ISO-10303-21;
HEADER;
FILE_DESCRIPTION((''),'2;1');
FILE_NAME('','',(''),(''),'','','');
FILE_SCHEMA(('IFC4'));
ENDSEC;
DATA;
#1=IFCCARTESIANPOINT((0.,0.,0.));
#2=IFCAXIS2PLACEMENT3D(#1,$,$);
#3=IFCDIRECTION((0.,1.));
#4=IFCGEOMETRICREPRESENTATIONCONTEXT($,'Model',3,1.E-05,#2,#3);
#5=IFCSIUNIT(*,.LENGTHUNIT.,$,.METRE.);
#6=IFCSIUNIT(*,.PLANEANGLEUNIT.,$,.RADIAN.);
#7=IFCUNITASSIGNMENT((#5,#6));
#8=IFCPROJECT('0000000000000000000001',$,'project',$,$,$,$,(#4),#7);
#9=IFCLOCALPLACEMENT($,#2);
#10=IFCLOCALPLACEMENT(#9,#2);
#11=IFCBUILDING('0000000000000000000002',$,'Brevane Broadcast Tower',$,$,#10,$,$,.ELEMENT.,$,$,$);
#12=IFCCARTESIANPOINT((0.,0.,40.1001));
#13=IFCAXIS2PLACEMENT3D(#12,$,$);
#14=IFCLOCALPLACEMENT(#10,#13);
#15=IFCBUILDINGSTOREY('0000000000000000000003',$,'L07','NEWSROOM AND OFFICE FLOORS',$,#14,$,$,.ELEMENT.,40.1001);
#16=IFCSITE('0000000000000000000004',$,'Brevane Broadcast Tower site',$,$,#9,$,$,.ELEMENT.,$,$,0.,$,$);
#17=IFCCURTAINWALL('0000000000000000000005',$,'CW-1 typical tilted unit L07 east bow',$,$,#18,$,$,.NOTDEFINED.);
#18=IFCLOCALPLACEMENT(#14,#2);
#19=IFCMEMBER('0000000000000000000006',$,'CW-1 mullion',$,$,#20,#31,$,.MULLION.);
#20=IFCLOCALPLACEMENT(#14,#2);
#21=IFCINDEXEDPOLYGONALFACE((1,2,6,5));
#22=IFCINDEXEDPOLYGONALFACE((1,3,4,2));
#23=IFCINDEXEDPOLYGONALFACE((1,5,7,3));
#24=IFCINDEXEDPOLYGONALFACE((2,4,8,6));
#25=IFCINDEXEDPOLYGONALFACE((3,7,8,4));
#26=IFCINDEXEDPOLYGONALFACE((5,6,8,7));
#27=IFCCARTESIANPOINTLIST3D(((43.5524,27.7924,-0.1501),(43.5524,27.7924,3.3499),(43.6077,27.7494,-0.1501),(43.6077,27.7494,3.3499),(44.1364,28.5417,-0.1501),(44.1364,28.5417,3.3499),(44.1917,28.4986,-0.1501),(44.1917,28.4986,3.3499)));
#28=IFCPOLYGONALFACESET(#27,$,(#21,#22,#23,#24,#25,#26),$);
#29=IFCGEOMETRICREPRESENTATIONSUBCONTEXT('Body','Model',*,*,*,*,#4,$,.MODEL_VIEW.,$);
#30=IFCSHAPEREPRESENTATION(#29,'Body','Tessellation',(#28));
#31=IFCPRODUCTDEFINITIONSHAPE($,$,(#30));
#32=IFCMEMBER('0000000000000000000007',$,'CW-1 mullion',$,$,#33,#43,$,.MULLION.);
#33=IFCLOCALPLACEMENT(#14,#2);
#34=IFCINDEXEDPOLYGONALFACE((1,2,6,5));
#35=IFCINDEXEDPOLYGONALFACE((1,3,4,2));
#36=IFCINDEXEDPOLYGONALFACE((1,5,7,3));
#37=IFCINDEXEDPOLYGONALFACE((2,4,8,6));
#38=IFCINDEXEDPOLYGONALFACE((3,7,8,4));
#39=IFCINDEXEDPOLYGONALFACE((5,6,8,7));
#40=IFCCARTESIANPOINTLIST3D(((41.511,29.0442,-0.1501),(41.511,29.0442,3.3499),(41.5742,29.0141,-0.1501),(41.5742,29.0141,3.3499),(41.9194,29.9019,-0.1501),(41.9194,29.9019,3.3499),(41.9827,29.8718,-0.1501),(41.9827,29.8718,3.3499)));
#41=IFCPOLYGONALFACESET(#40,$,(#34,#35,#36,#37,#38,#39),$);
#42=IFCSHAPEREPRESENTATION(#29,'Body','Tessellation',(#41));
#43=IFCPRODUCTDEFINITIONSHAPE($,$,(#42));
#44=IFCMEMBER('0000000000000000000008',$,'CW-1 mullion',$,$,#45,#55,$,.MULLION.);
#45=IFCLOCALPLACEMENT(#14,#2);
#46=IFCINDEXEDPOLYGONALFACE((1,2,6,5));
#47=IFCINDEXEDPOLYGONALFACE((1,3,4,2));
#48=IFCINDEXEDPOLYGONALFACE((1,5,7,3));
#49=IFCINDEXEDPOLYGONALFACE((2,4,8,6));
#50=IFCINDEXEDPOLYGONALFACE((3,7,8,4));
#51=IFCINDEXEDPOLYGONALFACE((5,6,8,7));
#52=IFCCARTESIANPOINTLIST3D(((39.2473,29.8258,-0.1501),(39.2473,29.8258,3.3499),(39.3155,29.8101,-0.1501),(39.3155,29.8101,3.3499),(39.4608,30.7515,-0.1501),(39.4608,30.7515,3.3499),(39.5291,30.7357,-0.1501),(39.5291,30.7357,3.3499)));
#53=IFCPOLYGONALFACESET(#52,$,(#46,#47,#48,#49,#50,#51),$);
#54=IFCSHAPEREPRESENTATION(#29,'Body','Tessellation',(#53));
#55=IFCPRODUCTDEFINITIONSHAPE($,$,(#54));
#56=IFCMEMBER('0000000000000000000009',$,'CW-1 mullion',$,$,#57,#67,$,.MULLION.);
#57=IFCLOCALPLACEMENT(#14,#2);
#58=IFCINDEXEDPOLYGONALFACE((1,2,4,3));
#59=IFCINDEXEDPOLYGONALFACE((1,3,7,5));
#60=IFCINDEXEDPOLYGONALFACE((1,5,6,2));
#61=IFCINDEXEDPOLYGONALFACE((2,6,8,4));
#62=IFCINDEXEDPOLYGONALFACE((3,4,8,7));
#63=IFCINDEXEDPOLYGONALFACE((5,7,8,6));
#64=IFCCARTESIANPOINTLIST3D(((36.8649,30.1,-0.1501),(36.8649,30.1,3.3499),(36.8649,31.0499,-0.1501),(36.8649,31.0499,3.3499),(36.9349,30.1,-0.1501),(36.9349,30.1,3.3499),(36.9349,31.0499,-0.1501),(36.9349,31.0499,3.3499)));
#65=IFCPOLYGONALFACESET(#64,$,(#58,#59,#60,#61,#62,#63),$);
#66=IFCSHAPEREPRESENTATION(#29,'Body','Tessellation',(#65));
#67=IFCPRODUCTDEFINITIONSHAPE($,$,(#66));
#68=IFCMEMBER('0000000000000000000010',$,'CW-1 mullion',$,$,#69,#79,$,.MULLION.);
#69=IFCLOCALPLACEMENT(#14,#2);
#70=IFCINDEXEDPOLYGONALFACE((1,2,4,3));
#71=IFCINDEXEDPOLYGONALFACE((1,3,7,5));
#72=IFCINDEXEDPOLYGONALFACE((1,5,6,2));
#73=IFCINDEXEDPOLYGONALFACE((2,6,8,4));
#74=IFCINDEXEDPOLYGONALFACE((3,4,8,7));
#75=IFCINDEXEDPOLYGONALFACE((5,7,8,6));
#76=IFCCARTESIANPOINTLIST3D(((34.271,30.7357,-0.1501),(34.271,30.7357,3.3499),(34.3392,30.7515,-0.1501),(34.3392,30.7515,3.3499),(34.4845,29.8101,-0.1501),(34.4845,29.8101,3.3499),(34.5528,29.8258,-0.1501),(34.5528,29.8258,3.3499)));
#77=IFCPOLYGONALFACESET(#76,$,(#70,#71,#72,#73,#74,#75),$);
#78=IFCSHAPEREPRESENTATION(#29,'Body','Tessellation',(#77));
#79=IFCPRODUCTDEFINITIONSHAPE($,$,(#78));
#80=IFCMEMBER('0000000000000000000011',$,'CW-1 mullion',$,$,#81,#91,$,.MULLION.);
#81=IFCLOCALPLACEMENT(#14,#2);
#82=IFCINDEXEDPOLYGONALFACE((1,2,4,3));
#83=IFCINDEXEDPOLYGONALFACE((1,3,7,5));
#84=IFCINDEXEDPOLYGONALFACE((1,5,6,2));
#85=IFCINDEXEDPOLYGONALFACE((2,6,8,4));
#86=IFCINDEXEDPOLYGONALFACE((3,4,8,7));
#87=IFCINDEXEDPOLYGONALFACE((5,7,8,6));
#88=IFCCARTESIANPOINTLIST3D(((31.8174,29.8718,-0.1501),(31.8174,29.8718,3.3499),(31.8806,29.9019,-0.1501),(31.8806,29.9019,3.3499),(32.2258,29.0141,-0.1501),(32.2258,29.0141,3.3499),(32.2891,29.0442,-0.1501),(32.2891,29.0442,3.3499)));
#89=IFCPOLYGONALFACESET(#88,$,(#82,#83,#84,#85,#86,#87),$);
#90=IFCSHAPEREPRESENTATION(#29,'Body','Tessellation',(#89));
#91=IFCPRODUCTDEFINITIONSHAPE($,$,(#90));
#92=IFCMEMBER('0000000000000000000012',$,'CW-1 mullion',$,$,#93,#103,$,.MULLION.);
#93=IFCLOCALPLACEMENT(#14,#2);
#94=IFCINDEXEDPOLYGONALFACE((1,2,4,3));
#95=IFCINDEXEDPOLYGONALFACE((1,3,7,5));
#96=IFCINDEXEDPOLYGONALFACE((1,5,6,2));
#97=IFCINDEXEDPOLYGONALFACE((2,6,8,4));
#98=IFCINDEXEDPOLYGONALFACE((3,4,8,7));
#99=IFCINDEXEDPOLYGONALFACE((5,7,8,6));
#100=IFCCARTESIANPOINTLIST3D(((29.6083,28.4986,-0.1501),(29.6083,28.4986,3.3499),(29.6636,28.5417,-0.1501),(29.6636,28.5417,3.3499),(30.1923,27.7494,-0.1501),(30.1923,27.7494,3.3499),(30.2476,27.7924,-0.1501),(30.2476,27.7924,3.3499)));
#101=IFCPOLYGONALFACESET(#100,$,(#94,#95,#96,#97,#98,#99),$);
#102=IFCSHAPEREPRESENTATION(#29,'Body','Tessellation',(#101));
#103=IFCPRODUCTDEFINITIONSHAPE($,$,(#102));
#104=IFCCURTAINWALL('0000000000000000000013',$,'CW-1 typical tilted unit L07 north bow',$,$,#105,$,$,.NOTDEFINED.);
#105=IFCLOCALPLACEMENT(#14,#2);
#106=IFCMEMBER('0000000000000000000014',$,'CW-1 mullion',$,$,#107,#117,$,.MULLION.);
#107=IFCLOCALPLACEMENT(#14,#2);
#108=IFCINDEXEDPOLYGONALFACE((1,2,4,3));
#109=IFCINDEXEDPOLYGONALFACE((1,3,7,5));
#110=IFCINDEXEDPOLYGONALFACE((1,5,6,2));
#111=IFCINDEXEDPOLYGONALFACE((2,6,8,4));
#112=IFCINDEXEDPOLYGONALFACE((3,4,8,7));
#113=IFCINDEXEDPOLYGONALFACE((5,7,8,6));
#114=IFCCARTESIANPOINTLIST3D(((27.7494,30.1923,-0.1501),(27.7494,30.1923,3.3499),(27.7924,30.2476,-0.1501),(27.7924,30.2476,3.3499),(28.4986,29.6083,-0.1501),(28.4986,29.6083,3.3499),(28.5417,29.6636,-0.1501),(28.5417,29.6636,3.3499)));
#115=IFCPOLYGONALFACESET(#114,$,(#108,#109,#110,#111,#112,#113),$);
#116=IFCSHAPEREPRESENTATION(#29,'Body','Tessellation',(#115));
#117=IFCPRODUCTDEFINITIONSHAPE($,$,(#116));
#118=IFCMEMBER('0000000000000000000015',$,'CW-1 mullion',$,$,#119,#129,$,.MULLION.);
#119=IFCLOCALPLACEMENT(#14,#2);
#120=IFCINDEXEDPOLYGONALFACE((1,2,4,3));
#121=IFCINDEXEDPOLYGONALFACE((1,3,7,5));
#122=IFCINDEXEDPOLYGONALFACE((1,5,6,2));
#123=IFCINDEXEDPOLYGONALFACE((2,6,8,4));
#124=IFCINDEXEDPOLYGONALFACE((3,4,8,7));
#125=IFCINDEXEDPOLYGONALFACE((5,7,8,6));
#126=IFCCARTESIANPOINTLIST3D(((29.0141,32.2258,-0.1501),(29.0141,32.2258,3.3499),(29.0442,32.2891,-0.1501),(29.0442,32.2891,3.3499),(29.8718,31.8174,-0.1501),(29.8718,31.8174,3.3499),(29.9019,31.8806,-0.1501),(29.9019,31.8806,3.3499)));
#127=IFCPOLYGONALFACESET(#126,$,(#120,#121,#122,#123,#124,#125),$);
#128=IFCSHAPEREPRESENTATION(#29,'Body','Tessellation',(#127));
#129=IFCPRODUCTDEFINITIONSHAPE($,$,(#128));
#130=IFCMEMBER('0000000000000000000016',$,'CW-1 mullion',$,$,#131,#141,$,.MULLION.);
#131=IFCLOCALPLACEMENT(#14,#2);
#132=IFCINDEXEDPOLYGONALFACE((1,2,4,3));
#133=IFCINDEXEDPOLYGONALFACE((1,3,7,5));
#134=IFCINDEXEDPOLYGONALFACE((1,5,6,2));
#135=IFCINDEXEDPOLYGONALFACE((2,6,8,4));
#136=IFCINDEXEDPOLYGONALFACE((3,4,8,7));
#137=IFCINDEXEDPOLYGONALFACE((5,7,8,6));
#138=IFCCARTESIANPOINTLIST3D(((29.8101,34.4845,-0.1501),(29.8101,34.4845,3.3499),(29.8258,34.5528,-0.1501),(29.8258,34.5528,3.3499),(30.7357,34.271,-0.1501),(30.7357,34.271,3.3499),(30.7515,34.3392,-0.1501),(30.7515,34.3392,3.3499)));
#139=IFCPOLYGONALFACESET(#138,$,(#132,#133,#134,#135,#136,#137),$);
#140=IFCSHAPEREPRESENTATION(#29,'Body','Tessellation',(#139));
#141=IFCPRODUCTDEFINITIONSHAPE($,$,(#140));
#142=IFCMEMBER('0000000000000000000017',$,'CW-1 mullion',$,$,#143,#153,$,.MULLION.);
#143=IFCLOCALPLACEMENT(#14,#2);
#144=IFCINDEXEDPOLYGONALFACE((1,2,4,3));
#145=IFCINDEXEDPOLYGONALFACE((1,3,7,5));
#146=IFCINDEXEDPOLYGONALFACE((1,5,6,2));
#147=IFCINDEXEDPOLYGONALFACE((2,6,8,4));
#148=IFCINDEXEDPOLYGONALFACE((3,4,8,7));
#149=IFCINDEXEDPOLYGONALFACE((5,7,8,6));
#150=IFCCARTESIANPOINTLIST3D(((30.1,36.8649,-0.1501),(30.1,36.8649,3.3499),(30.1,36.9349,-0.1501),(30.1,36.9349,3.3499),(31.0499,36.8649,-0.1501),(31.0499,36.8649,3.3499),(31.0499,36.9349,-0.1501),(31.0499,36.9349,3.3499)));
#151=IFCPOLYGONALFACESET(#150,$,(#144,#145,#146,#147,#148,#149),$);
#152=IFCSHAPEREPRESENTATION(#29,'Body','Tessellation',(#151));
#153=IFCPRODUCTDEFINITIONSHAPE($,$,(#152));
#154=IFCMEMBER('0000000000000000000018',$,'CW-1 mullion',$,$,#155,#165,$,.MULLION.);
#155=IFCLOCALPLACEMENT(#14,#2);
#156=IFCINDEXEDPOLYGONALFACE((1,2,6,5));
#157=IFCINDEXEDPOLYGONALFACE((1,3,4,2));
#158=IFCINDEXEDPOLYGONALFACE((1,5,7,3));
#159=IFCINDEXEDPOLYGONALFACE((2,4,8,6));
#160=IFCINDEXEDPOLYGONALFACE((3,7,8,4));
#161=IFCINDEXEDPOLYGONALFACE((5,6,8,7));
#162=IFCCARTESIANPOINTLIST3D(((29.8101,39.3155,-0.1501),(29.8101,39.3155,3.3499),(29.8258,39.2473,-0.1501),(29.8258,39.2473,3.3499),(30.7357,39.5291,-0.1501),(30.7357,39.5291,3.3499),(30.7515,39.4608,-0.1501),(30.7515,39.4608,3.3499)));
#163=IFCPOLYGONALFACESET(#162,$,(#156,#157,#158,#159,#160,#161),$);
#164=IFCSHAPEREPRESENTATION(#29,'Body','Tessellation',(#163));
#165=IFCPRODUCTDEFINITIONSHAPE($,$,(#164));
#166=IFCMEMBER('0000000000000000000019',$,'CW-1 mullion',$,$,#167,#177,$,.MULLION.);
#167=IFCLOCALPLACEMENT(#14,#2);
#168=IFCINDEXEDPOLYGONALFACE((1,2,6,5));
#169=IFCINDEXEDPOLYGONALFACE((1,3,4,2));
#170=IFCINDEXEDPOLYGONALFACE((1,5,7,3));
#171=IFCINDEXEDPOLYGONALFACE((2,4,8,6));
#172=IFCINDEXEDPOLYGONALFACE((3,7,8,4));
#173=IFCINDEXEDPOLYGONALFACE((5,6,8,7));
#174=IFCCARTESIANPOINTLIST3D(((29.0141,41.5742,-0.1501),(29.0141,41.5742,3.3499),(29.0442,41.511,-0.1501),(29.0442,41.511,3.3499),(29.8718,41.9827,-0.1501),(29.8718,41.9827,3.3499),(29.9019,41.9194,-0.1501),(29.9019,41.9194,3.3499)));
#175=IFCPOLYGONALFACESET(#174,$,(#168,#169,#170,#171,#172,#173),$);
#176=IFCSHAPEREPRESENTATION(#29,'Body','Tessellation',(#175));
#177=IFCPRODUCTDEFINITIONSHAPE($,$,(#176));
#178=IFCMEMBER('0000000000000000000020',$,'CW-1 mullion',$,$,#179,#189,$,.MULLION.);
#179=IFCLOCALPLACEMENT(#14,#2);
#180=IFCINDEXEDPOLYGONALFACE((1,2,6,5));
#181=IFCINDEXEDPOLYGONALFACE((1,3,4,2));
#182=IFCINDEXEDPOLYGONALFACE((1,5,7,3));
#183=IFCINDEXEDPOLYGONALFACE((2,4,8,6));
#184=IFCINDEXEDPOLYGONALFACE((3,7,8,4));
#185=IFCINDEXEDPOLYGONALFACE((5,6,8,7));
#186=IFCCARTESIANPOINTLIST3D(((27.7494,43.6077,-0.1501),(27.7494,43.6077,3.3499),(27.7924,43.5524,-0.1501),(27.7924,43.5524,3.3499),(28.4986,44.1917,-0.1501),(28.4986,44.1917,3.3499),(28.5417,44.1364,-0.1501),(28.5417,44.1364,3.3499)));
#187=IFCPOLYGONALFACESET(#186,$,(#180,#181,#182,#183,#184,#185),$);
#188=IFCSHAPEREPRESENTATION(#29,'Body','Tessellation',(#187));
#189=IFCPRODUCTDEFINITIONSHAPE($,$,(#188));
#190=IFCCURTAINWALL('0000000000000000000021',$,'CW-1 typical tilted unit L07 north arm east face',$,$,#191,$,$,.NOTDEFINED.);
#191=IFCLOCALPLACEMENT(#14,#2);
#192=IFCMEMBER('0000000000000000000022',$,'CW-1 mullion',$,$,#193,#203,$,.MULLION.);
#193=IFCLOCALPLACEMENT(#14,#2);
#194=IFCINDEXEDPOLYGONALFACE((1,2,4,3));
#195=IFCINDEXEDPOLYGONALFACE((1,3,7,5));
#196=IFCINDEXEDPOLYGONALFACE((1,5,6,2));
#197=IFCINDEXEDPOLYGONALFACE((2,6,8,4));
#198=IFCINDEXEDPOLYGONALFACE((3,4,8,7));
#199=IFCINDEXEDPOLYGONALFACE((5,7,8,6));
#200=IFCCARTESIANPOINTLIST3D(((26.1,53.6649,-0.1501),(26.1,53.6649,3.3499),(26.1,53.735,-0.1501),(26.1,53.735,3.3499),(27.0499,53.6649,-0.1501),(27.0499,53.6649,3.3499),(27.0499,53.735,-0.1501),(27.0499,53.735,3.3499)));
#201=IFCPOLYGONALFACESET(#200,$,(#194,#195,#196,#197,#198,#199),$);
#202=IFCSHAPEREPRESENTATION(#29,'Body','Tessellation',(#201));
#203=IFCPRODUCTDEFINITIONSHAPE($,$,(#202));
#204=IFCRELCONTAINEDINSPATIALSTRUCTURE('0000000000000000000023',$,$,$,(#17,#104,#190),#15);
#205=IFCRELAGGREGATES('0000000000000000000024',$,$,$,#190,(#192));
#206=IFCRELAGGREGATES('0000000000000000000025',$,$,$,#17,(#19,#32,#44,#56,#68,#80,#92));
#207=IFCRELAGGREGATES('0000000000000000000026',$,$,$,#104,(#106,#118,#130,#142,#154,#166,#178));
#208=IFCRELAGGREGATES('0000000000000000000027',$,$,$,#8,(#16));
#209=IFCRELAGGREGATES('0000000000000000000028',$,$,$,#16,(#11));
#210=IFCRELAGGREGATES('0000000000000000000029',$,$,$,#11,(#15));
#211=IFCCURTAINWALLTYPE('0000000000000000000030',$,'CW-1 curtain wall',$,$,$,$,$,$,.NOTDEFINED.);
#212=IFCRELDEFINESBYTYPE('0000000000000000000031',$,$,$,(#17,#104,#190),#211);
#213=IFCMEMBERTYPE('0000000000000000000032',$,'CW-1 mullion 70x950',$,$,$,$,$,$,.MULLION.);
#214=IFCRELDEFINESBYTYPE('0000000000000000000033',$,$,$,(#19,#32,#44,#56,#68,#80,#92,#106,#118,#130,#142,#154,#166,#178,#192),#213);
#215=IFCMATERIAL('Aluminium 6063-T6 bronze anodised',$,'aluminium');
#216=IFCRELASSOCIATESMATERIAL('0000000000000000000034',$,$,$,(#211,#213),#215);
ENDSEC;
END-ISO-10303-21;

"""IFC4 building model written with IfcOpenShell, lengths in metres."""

from ifc_helpers import new_model, si_unit, direction, frame, origin, origin_2d, place, context, subcontext, project, spatial, rectangle, extrude, material, material_profile, profile_set, type_object, element, aggregate, save


model = new_model("IFC4")

# Units and contexts
model_context = context("Model", 3, precision=1e-05, world=origin(), true_north=direction((0.0, 1.0)))
body_context = subcontext(model_context, "Body", "Model", "MODEL_VIEW")
ifc_project = project(units=[si_unit("LENGTHUNIT", "METRE"), si_unit("PLANEANGLEUNIT", "RADIAN")], contexts=[model_context])

# Site, building, storey
site_placement = place(None, origin())
site = spatial("IfcSite", under=ifc_project, at=site_placement, Name="Brevane Broadcast Tower site", CompositionType="ELEMENT", RefElevation=0.0)
building_placement = place(site_placement, origin())
building = spatial("IfcBuilding", under=site, at=building_placement, Name="Brevane Broadcast Tower", CompositionType="ELEMENT")
storey_placement = place(building_placement, frame((0.0, 0.0, 40.1001)))
storey = spatial("IfcBuildingStorey", under=building, at=storey_placement, Name="L07", Description="NEWSROOM AND OFFICE FLOORS", CompositionType="ELEMENT", Elevation=40.1001)

# Curtain walls, members
ifc_material_1 = material(Name="Aluminium 6063-T6 bronze anodised", Category="aluminium")
curtain_wall_type = type_object("IfcCurtainWallType", Name="CW-1 curtain wall", PredefinedType="NOTDEFINED", material=ifc_material_1)
curtain_wall_1_placement = place(storey_placement, origin())
curtain_wall_1 = element("IfcCurtainWall", 1, at=curtain_wall_1_placement, inside=storey, type_object=curtain_wall_type, Name="CW-1 typical tilted unit L07 east bow", PredefinedType="NOTDEFINED")
ifc_material_profile_1 = material_profile(ifc_material_1, rectangle(XDim=0.95, YDim=0.0701, at=origin_2d()), Name="RECT 70x950")
ifc_profile_set_1 = profile_set([ifc_material_profile_1], Name="Aluminium 6063-T6 bronze anodised")
member_type_1 = type_object("IfcMemberType", Name="CW-1 mullion 70x950", PredefinedType="MULLION", material=ifc_profile_set_1)
member_1_placement = place(storey_placement, frame((43.8721, 28.1455, -0.1501), z_axis=(0.0, 0.0, 1.0), x_axis=(-0.61477, -0.788707, 0.0)))
member_1 = element("IfcMember", 2, at=member_1_placement, type_object=member_type_1, Name="CW-1 mullion", PredefinedType="MULLION", context=body_context, shape_type="SweptSolid", body=[
    extrude(rectangle(XDim=0.95, YDim=0.0701, at=origin_2d()), origin(), (0.0, 0.0, 1.0), 3.5),
])
member_2_placement = place(storey_placement, frame((41.7468, 29.458, -0.1501), z_axis=(0.0, 0.0, 1.0), x_axis=(-0.429934, -0.902861, 0.0)))
member_2 = element("IfcMember", 3, at=member_2_placement, type_object=member_type_1, Name="CW-1 mullion", PredefinedType="MULLION", context=body_context, shape_type="SweptSolid", body=[
    extrude(rectangle(XDim=0.95, YDim=0.0701, at=origin_2d()), origin(), (0.0, 0.0, 1.0), 3.5),
])
member_3_placement = place(storey_placement, frame((39.3882, 30.2808, -0.1501), z_axis=(0.0, 0.0, 1.0), x_axis=(-0.224806, -0.974403, 0.0)))
member_3 = element("IfcMember", 4, at=member_3_placement, type_object=member_type_1, Name="CW-1 mullion", PredefinedType="MULLION", context=body_context, shape_type="SweptSolid", body=[
    extrude(rectangle(XDim=0.95, YDim=0.0701, at=origin_2d()), origin(), (0.0, 0.0, 1.0), 3.5),
])
member_4_placement = place(storey_placement, frame((36.8999, 30.575, -0.1501), z_axis=(0.0, 0.0, 1.0), x_axis=(0.0, -1.0, 0.0)))
member_4 = element("IfcMember", 5, at=member_4_placement, type_object=member_type_1, Name="CW-1 mullion", PredefinedType="MULLION", context=body_context, shape_type="SweptSolid", body=[
    extrude(rectangle(XDim=0.95, YDim=0.0701, at=origin_2d()), origin(), (0.0, 0.0, 1.0), 3.5),
])
member_5_placement = place(storey_placement, frame((34.4119, 30.2808, -0.1501), z_axis=(0.0, 0.0, 1.0), x_axis=(0.224806, -0.974403, 0.0)))
member_5 = element("IfcMember", 6, at=member_5_placement, type_object=member_type_1, Name="CW-1 mullion", PredefinedType="MULLION", context=body_context, shape_type="SweptSolid", body=[
    extrude(rectangle(XDim=0.95, YDim=0.0701, at=origin_2d()), origin(), (0.0, 0.0, 1.0), 3.5),
])
member_6_placement = place(storey_placement, frame((32.0532, 29.458, -0.1501), z_axis=(0.0, 0.0, 1.0), x_axis=(0.429934, -0.902861, 0.0)))
member_6 = element("IfcMember", 7, at=member_6_placement, type_object=member_type_1, Name="CW-1 mullion", PredefinedType="MULLION", context=body_context, shape_type="SweptSolid", body=[
    extrude(rectangle(XDim=0.95, YDim=0.0701, at=origin_2d()), origin(), (0.0, 0.0, 1.0), 3.5),
])
member_7_placement = place(storey_placement, frame((29.928, 28.1455, -0.1501), z_axis=(0.0, 0.0, 1.0), x_axis=(0.61477, -0.788707, 0.0)))
member_7 = element("IfcMember", 8, at=member_7_placement, type_object=member_type_1, Name="CW-1 mullion", PredefinedType="MULLION", context=body_context, shape_type="SweptSolid", body=[
    extrude(rectangle(XDim=0.95, YDim=0.0701, at=origin_2d()), origin(), (0.0, 0.0, 1.0), 3.5),
])
curtain_wall_2_placement = place(storey_placement, origin())
curtain_wall_2 = element("IfcCurtainWall", 9, at=curtain_wall_2_placement, inside=storey, type_object=curtain_wall_type, Name="CW-1 typical tilted unit L07 north bow", PredefinedType="NOTDEFINED")
member_8_placement = place(storey_placement, frame((28.1455, 29.928, -0.1501), z_axis=(0.0, 0.0, 1.0), x_axis=(-0.788707, 0.61477, 0.0)))
member_8 = element("IfcMember", 10, at=member_8_placement, type_object=member_type_1, Name="CW-1 mullion", PredefinedType="MULLION", context=body_context, shape_type="SweptSolid", body=[
    extrude(rectangle(XDim=0.95, YDim=0.0701, at=origin_2d()), origin(), (0.0, 0.0, 1.0), 3.5),
])
member_9_placement = place(storey_placement, frame((29.458, 32.0532, -0.1501), z_axis=(0.0, 0.0, 1.0), x_axis=(-0.902861, 0.429934, 0.0)))
member_9 = element("IfcMember", 11, at=member_9_placement, type_object=member_type_1, Name="CW-1 mullion", PredefinedType="MULLION", context=body_context, shape_type="SweptSolid", body=[
    extrude(rectangle(XDim=0.95, YDim=0.0701, at=origin_2d()), origin(), (0.0, 0.0, 1.0), 3.5),
])
member_10_placement = place(storey_placement, frame((30.2808, 34.4119, -0.1501), z_axis=(0.0, 0.0, 1.0), x_axis=(-0.974403, 0.224806, 0.0)))
member_10 = element("IfcMember", 12, at=member_10_placement, type_object=member_type_1, Name="CW-1 mullion", PredefinedType="MULLION", context=body_context, shape_type="SweptSolid", body=[
    extrude(rectangle(XDim=0.95, YDim=0.0701, at=origin_2d()), origin(), (0.0, 0.0, 1.0), 3.5),
])
member_11_placement = place(storey_placement, frame((30.575, 36.8999, -0.1501), z_axis=(0.0, 0.0, 1.0), x_axis=(-1.0, 0.0, 0.0)))
member_11 = element("IfcMember", 13, at=member_11_placement, type_object=member_type_1, Name="CW-1 mullion", PredefinedType="MULLION", context=body_context, shape_type="SweptSolid", body=[
    extrude(rectangle(XDim=0.95, YDim=0.0701, at=origin_2d()), origin(), (0.0, 0.0, 1.0), 3.5),
])
member_12_placement = place(storey_placement, frame((30.2808, 39.3882, -0.1501), z_axis=(0.0, 0.0, 1.0), x_axis=(-0.974403, -0.224806, 0.0)))
member_12 = element("IfcMember", 14, at=member_12_placement, type_object=member_type_1, Name="CW-1 mullion", PredefinedType="MULLION", context=body_context, shape_type="SweptSolid", body=[
    extrude(rectangle(XDim=0.95, YDim=0.0701, at=origin_2d()), origin(), (0.0, 0.0, 1.0), 3.5),
])
member_13_placement = place(storey_placement, frame((29.458, 41.7468, -0.1501), z_axis=(0.0, 0.0, 1.0), x_axis=(-0.902861, -0.429934, 0.0)))
member_13 = element("IfcMember", 15, at=member_13_placement, type_object=member_type_1, Name="CW-1 mullion", PredefinedType="MULLION", context=body_context, shape_type="SweptSolid", body=[
    extrude(rectangle(XDim=0.95, YDim=0.0701, at=origin_2d()), origin(), (0.0, 0.0, 1.0), 3.5),
])
member_14_placement = place(storey_placement, frame((28.1455, 43.8721, -0.1501), z_axis=(0.0, 0.0, 1.0), x_axis=(-0.788707, -0.61477, 0.0)))
member_14 = element("IfcMember", 16, at=member_14_placement, type_object=member_type_1, Name="CW-1 mullion", PredefinedType="MULLION", context=body_context, shape_type="SweptSolid", body=[
    extrude(rectangle(XDim=0.95, YDim=0.0701, at=origin_2d()), origin(), (0.0, 0.0, 1.0), 3.5),
])
curtain_wall_3_placement = place(storey_placement, origin())
curtain_wall_3 = element("IfcCurtainWall", 17, at=curtain_wall_3_placement, inside=storey, type_object=curtain_wall_type, Name="CW-1 typical tilted unit L07 north arm east face", PredefinedType="NOTDEFINED")
member_15_placement = place(storey_placement, frame((26.575, 53.7, -0.1501), z_axis=(0.0, 0.0, 1.0), x_axis=(-1.0, 0.0, 0.0)))
member_15 = element("IfcMember", 18, at=member_15_placement, type_object=member_type_1, Name="CW-1 mullion", PredefinedType="MULLION", context=body_context, shape_type="SweptSolid", body=[
    extrude(rectangle(XDim=0.95, YDim=0.0701, at=origin_2d()), origin(), (0.0, 0.0, 1.0), 3.5),
])
aggregate(curtain_wall_3, [member_15])

aggregate(curtain_wall_1, [member_1, member_2, member_3, member_4, member_5, member_6, member_7])
aggregate(curtain_wall_2, [member_8, member_9, member_10, member_11, member_12, member_13, member_14])

save(model, "model.ifc")
